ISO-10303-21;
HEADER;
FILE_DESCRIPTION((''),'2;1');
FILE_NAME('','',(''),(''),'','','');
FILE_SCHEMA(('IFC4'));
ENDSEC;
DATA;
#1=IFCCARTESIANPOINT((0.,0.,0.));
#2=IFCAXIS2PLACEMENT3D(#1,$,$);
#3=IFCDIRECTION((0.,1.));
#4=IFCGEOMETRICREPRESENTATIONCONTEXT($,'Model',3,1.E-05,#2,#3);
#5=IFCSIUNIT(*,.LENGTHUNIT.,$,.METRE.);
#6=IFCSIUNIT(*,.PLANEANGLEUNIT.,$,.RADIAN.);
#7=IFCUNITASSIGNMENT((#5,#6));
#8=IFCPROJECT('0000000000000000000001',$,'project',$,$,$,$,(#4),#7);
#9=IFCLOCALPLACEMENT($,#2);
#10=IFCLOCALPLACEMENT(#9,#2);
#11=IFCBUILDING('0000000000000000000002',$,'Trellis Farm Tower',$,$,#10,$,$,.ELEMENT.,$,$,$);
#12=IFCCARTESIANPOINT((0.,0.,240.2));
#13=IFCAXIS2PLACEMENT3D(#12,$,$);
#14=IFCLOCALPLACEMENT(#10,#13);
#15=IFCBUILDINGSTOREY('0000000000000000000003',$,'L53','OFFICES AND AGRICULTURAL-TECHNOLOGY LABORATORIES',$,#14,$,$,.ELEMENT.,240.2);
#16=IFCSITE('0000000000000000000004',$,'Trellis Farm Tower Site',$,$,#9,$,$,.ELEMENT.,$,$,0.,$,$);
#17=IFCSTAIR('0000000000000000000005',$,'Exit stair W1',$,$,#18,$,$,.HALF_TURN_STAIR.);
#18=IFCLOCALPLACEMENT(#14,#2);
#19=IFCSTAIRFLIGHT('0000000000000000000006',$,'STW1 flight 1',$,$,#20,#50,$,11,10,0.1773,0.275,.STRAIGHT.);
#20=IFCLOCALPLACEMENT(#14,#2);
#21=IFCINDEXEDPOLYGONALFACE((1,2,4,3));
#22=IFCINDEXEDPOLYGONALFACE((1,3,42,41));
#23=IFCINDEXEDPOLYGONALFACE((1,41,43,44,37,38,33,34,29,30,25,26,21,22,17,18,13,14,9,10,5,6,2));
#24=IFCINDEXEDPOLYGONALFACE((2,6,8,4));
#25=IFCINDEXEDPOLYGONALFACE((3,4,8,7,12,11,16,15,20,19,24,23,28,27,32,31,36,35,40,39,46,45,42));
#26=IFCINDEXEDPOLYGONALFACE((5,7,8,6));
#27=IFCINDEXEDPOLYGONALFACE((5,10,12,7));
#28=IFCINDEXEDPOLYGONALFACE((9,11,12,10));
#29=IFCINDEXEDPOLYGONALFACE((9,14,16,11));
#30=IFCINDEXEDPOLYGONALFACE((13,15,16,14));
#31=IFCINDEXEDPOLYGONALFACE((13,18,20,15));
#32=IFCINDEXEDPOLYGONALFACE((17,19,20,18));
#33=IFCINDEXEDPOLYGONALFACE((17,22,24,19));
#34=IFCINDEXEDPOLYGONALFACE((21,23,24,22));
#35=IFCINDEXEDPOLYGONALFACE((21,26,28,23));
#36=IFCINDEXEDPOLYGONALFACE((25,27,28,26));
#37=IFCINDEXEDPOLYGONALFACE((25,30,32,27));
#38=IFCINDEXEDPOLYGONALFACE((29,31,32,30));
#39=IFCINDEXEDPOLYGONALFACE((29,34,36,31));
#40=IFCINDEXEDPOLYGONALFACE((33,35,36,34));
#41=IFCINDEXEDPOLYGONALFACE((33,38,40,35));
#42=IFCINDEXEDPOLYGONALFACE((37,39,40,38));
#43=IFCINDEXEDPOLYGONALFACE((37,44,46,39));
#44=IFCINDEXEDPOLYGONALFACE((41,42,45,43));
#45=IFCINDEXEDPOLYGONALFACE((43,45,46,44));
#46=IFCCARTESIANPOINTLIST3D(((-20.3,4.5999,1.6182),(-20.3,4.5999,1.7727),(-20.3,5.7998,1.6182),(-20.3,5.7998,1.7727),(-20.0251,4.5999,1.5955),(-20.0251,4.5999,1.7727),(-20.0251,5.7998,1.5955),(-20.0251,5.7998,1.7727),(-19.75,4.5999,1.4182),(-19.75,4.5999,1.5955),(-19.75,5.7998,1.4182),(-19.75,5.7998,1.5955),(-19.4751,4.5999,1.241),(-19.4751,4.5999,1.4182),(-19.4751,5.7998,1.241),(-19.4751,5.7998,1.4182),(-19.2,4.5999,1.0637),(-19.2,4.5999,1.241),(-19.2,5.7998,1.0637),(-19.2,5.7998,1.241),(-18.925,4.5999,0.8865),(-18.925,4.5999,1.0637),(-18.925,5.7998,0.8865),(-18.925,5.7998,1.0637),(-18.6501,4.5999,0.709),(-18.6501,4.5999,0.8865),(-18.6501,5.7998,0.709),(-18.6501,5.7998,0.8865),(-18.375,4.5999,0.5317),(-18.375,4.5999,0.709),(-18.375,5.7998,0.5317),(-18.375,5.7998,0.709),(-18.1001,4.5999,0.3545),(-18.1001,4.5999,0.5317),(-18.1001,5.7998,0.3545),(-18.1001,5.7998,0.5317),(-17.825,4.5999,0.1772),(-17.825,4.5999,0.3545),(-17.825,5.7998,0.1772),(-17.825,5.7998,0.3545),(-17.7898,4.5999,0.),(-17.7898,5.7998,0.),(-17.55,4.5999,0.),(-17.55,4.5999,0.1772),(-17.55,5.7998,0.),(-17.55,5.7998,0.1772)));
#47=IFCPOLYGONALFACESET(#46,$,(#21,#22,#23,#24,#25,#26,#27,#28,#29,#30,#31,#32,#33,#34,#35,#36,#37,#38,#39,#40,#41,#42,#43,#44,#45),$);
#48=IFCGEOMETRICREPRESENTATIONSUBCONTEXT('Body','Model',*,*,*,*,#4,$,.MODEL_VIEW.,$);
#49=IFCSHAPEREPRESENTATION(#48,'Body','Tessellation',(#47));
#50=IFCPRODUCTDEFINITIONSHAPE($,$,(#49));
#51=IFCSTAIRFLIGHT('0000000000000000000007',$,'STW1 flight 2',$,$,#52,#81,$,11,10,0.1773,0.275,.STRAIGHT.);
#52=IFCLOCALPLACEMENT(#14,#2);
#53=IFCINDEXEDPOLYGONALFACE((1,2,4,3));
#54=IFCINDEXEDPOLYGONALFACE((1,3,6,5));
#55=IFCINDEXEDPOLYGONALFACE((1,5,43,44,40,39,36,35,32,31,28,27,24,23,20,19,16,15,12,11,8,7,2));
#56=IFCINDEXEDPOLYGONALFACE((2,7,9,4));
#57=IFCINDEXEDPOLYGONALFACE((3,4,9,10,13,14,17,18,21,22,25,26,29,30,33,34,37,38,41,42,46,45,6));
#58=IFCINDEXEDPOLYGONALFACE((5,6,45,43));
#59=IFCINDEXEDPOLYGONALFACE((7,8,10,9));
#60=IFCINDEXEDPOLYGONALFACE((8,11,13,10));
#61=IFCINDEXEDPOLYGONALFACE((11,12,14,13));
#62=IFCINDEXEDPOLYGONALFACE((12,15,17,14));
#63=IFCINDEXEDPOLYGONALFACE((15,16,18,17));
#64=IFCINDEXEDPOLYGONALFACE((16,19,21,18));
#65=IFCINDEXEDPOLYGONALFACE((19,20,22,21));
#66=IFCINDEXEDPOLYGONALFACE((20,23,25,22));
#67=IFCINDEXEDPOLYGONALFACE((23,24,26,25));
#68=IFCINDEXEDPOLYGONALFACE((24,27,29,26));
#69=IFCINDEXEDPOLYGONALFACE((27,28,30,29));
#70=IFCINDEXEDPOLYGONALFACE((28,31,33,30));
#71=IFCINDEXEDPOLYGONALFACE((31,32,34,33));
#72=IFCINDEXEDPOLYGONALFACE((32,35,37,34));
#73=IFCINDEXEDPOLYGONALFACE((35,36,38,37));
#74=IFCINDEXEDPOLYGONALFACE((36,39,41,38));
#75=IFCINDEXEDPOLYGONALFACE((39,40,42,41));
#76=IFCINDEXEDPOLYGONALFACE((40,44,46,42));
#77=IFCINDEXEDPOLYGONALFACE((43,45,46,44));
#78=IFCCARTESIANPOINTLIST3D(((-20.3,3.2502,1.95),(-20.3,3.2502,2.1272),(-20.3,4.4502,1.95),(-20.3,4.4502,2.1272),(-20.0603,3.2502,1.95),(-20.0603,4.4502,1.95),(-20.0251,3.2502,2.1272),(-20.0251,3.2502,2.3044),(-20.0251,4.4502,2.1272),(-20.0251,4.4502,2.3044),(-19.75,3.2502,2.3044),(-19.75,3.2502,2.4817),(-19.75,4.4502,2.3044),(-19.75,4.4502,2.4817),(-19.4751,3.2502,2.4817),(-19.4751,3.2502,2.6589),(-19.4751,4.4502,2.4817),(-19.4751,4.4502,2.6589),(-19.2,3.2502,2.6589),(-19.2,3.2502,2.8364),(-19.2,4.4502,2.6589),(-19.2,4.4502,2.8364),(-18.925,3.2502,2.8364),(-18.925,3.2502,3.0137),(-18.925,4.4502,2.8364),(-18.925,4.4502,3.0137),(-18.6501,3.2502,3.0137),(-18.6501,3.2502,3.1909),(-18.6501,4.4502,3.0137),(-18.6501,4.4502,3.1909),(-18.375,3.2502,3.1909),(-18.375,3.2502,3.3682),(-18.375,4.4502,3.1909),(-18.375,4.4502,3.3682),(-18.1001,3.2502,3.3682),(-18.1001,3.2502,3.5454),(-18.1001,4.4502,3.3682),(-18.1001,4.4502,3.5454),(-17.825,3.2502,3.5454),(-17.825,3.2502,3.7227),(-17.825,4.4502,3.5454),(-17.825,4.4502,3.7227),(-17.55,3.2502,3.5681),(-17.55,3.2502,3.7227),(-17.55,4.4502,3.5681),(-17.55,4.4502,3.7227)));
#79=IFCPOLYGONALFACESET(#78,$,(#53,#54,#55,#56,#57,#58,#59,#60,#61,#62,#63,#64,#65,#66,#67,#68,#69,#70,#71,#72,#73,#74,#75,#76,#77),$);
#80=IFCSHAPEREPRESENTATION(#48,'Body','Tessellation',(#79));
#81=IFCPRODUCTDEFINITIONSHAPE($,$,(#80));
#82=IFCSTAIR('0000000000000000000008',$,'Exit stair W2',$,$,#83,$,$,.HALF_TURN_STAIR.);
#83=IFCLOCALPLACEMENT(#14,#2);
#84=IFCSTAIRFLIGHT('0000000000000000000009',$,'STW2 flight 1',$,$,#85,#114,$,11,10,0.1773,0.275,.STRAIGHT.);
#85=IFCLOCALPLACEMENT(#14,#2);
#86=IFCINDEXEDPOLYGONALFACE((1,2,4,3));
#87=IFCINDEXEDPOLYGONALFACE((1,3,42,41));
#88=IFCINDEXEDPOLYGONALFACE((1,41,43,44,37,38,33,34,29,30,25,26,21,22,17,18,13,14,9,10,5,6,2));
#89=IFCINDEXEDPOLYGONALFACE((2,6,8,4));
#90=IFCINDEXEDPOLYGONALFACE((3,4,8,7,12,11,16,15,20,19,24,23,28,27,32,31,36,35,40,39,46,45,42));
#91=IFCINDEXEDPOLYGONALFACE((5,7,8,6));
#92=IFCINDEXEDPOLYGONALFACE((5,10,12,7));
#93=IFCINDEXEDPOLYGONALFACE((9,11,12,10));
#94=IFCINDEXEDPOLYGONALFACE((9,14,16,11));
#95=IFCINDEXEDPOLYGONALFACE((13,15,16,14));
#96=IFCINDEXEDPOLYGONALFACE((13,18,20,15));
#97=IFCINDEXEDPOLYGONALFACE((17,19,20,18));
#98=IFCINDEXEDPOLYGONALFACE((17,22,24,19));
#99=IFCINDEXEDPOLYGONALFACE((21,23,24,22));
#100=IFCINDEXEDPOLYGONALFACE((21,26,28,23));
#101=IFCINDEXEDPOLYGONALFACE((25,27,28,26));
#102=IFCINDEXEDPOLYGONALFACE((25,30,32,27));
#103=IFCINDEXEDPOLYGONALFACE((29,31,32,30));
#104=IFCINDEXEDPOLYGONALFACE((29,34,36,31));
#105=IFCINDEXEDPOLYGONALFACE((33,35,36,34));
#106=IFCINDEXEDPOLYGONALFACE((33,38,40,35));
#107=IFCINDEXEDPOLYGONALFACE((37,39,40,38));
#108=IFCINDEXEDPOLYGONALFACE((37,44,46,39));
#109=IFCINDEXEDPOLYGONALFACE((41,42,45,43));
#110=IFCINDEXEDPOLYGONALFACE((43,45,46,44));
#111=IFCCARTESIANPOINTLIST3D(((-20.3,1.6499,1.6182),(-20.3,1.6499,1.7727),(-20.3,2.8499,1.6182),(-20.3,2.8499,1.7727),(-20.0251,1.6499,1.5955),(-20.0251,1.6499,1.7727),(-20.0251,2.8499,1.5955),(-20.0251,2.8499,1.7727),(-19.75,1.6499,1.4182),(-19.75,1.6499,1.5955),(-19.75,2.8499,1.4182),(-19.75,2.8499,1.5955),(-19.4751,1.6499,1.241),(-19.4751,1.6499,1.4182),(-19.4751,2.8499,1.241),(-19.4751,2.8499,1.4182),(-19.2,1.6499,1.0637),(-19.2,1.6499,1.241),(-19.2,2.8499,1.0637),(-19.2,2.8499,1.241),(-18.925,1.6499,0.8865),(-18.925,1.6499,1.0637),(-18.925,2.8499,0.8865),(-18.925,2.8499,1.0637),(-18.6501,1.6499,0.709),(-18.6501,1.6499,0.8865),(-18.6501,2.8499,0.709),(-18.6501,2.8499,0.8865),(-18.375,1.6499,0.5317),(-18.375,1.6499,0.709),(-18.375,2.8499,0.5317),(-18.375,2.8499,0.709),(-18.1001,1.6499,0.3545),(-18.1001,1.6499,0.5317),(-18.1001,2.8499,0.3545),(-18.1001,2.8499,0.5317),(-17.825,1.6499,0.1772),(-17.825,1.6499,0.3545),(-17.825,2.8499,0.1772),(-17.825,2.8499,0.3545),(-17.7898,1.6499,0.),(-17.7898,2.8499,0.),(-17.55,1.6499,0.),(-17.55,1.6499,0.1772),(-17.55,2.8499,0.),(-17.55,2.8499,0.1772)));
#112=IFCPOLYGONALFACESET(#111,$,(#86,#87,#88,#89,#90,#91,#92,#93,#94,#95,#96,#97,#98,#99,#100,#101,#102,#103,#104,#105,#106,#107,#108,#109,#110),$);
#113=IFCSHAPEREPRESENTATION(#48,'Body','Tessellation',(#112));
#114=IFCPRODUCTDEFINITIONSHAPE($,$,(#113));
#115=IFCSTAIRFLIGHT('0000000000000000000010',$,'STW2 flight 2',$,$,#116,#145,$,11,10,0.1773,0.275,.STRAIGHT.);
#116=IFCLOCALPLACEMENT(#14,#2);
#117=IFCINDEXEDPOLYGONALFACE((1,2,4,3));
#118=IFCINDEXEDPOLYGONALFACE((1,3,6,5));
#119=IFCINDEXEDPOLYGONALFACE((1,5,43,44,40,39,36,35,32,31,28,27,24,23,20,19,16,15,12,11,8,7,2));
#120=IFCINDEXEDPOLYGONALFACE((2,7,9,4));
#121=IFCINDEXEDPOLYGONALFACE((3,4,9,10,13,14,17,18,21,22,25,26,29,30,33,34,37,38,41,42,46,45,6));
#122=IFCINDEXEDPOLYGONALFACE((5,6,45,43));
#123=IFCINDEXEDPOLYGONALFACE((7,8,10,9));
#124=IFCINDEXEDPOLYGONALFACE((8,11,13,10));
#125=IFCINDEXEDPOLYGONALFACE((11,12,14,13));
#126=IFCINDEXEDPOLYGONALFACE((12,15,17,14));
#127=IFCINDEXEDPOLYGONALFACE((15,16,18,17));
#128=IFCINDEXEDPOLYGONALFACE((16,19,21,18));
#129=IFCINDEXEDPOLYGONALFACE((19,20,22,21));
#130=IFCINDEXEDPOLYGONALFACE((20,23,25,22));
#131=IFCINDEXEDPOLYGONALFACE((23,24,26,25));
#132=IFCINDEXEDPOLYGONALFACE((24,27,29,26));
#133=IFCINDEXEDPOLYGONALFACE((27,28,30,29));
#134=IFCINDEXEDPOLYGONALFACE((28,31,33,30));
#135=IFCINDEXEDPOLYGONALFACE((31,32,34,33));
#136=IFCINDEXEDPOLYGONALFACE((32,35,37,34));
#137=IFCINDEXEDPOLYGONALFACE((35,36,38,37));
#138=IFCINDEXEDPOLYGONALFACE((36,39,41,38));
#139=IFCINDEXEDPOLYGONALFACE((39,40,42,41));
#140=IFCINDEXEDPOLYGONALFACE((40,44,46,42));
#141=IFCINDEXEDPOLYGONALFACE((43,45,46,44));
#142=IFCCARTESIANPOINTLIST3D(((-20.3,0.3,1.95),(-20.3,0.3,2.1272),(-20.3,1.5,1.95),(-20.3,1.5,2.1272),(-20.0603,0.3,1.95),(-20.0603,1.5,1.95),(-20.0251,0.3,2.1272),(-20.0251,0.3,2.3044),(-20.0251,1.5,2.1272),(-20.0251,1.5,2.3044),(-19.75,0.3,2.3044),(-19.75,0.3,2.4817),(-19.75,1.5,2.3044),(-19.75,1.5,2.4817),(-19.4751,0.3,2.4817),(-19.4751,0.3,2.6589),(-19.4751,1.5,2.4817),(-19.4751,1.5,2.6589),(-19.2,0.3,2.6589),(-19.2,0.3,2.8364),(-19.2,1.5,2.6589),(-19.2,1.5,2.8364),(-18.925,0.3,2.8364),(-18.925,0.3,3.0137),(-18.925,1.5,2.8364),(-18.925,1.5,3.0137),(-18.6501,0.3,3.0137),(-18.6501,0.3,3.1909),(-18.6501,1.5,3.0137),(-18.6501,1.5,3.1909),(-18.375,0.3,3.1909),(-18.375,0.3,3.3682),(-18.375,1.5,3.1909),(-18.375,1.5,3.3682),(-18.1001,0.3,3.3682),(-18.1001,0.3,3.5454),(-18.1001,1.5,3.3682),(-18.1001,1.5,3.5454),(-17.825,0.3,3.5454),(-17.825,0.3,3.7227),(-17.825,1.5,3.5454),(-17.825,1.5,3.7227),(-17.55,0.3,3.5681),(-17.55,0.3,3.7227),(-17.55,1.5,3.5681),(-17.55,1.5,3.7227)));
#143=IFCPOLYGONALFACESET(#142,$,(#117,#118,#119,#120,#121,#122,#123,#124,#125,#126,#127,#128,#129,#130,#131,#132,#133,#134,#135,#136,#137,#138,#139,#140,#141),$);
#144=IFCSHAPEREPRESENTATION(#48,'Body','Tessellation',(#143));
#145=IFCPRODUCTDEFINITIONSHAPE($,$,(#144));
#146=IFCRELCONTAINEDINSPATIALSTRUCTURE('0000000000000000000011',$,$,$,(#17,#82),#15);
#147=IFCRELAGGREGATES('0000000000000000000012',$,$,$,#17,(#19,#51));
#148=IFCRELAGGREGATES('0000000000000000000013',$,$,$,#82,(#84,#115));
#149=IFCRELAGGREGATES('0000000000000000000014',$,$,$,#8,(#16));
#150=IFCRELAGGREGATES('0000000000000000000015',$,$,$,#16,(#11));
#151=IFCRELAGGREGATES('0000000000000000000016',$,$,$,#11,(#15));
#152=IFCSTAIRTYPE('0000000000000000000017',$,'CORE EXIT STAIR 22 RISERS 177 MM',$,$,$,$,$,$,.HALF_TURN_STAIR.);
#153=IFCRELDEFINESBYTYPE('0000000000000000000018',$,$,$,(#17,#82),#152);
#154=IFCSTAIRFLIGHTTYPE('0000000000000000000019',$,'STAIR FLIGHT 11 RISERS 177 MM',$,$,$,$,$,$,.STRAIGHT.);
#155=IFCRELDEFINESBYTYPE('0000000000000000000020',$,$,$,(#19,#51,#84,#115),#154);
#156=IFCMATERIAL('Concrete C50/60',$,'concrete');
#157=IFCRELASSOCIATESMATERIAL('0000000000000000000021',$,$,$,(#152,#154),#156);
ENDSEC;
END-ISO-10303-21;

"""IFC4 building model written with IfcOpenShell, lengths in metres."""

from ifc_helpers import new_model, si_unit, direction, frame, origin, place, context, subcontext, project, spatial, polyline, outline, extrude, source, transform, mapped, material, type_object, element, aggregate, save


model = new_model("IFC4")

# Units and contexts
model_context = context("Model", 3, precision=1e-05, world=origin(), true_north=direction((0.0, 1.0)))
body_context = subcontext(model_context, "Body", "Model", "MODEL_VIEW")
ifc_project = project(units=[si_unit("LENGTHUNIT", "METRE"), si_unit("PLANEANGLEUNIT", "RADIAN")], contexts=[model_context])

# Site, building, storey
site_placement = place(None, origin())
site = spatial("IfcSite", under=ifc_project, at=site_placement, Name="Trellis Farm Tower Site", CompositionType="ELEMENT", RefElevation=0.0)
building_placement = place(site_placement, origin())
building = spatial("IfcBuilding", under=site, at=building_placement, Name="Trellis Farm Tower", CompositionType="ELEMENT")
storey_placement = place(building_placement, frame((0.0, 0.0, 240.2)))
storey = spatial("IfcBuildingStorey", under=building, at=storey_placement, Name="L53", Description="OFFICES AND AGRICULTURAL-TECHNOLOGY LABORATORIES", CompositionType="ELEMENT", Elevation=240.2)

# Shared definitions
placement = place(storey_placement, origin())

# Stairs, stair flights
ifc_material_1 = material(Name="Concrete C50/60", Category="concrete")
stair_type = type_object("IfcStairType", Name="CORE EXIT STAIR 22 RISERS 177 MM", PredefinedType="HALF_TURN_STAIR", material=ifc_material_1)
stair_1 = element("IfcStair", 1, at=placement, inside=storey, type_object=stair_type, Name="Exit stair W1", PredefinedType="HALF_TURN_STAIR")
stair_flight_type = type_object("IfcStairFlightType", Name="STAIR FLIGHT 11 RISERS 177 MM", PredefinedType="STRAIGHT", material=ifc_material_1)
shared_shape_1 = source(origin(), body_context, "Body", "SweptSolid", [
    extrude(outline(polyline([(0.0, 0.0), (0.0, 0.1772), (0.2749, 0.1772), (0.2749, 0.3545), (0.55, 0.3545), (0.55, 0.5317), (0.825, 0.5317), (0.825, 0.709), (1.1001, 0.709), (1.1001, 0.8865), (1.375, 0.8865), (1.375, 1.0637), (1.6499, 1.0637), (1.6499, 1.241), (1.925, 1.241), (1.925, 1.4182), (2.2, 1.4182), (2.2, 1.5955), (2.4751, 1.5955), (2.4751, 1.7727), (2.75, 1.7727), (2.75, 1.95), (2.75, 1.6182), (0.2397, 0.0), (0.0, 0.0)])), frame((0.0, 0.6001, 0.0), z_axis=(0.0, -1.0, 0.0), x_axis=(1.0, 0.0, 0.0)), (0.0, 0.0, 1.0), 1.2),
])
stair_flight_1_placement = place(storey_placement, frame((-17.55, 5.2, 0.0), z_axis=(0.0, 0.0, 1.0), x_axis=(-1.0, 0.0, 0.0)))
stair_flight_1 = element("IfcStairFlight", 2, at=stair_flight_1_placement, type_object=stair_flight_type, Name="STW1 flight 1", NumberOfRisers=11, NumberOfTreads=10, PredefinedType="STRAIGHT", RiserHeight=0.1773, TreadLength=0.275, context=body_context, shape_type="MappedRepresentation", body=[
    mapped(shared_shape_1, transform((0.0, 0.0, 0.0))),
])
stair_flight_2_placement = place(storey_placement, frame((-20.3, 3.8501, 1.95), z_axis=(0.0, 0.0, 1.0), x_axis=(1.0, 0.0, 0.0)))
stair_flight_2 = element("IfcStairFlight", 3, at=stair_flight_2_placement, type_object=stair_flight_type, Name="STW1 flight 2", NumberOfRisers=11, NumberOfTreads=10, PredefinedType="STRAIGHT", RiserHeight=0.1773, TreadLength=0.275, context=body_context, shape_type="MappedRepresentation", body=[
    mapped(shared_shape_1, transform((0.0, 0.0, 0.0))),
])
aggregate(stair_1, [stair_flight_1, stair_flight_2])
stair_2 = element("IfcStair", 4, at=placement, inside=storey, type_object=stair_type, Name="Exit stair W2", PredefinedType="HALF_TURN_STAIR")
stair_flight_3_placement = place(storey_placement, frame((-17.55, 2.25, 0.0), z_axis=(0.0, 0.0, 1.0), x_axis=(-1.0, 0.0, 0.0)))
stair_flight_3 = element("IfcStairFlight", 5, at=stair_flight_3_placement, type_object=stair_flight_type, Name="STW2 flight 1", NumberOfRisers=11, NumberOfTreads=10, PredefinedType="STRAIGHT", RiserHeight=0.1773, TreadLength=0.275, context=body_context, shape_type="MappedRepresentation", body=[
    mapped(shared_shape_1, transform((0.0, 0.0, 0.0))),
])
stair_flight_4_placement = place(storey_placement, frame((-20.3, 0.8999, 1.95), z_axis=(0.0, 0.0, 1.0), x_axis=(1.0, 0.0, 0.0)))
stair_flight_4 = element("IfcStairFlight", 6, at=stair_flight_4_placement, type_object=stair_flight_type, Name="STW2 flight 2", NumberOfRisers=11, NumberOfTreads=10, PredefinedType="STRAIGHT", RiserHeight=0.1773, TreadLength=0.275, context=body_context, shape_type="MappedRepresentation", body=[
    mapped(shared_shape_1, transform((0.0, 0.0, 0.0))),
])
aggregate(stair_2, [stair_flight_3, stair_flight_4])

save(model, "model.ifc")
